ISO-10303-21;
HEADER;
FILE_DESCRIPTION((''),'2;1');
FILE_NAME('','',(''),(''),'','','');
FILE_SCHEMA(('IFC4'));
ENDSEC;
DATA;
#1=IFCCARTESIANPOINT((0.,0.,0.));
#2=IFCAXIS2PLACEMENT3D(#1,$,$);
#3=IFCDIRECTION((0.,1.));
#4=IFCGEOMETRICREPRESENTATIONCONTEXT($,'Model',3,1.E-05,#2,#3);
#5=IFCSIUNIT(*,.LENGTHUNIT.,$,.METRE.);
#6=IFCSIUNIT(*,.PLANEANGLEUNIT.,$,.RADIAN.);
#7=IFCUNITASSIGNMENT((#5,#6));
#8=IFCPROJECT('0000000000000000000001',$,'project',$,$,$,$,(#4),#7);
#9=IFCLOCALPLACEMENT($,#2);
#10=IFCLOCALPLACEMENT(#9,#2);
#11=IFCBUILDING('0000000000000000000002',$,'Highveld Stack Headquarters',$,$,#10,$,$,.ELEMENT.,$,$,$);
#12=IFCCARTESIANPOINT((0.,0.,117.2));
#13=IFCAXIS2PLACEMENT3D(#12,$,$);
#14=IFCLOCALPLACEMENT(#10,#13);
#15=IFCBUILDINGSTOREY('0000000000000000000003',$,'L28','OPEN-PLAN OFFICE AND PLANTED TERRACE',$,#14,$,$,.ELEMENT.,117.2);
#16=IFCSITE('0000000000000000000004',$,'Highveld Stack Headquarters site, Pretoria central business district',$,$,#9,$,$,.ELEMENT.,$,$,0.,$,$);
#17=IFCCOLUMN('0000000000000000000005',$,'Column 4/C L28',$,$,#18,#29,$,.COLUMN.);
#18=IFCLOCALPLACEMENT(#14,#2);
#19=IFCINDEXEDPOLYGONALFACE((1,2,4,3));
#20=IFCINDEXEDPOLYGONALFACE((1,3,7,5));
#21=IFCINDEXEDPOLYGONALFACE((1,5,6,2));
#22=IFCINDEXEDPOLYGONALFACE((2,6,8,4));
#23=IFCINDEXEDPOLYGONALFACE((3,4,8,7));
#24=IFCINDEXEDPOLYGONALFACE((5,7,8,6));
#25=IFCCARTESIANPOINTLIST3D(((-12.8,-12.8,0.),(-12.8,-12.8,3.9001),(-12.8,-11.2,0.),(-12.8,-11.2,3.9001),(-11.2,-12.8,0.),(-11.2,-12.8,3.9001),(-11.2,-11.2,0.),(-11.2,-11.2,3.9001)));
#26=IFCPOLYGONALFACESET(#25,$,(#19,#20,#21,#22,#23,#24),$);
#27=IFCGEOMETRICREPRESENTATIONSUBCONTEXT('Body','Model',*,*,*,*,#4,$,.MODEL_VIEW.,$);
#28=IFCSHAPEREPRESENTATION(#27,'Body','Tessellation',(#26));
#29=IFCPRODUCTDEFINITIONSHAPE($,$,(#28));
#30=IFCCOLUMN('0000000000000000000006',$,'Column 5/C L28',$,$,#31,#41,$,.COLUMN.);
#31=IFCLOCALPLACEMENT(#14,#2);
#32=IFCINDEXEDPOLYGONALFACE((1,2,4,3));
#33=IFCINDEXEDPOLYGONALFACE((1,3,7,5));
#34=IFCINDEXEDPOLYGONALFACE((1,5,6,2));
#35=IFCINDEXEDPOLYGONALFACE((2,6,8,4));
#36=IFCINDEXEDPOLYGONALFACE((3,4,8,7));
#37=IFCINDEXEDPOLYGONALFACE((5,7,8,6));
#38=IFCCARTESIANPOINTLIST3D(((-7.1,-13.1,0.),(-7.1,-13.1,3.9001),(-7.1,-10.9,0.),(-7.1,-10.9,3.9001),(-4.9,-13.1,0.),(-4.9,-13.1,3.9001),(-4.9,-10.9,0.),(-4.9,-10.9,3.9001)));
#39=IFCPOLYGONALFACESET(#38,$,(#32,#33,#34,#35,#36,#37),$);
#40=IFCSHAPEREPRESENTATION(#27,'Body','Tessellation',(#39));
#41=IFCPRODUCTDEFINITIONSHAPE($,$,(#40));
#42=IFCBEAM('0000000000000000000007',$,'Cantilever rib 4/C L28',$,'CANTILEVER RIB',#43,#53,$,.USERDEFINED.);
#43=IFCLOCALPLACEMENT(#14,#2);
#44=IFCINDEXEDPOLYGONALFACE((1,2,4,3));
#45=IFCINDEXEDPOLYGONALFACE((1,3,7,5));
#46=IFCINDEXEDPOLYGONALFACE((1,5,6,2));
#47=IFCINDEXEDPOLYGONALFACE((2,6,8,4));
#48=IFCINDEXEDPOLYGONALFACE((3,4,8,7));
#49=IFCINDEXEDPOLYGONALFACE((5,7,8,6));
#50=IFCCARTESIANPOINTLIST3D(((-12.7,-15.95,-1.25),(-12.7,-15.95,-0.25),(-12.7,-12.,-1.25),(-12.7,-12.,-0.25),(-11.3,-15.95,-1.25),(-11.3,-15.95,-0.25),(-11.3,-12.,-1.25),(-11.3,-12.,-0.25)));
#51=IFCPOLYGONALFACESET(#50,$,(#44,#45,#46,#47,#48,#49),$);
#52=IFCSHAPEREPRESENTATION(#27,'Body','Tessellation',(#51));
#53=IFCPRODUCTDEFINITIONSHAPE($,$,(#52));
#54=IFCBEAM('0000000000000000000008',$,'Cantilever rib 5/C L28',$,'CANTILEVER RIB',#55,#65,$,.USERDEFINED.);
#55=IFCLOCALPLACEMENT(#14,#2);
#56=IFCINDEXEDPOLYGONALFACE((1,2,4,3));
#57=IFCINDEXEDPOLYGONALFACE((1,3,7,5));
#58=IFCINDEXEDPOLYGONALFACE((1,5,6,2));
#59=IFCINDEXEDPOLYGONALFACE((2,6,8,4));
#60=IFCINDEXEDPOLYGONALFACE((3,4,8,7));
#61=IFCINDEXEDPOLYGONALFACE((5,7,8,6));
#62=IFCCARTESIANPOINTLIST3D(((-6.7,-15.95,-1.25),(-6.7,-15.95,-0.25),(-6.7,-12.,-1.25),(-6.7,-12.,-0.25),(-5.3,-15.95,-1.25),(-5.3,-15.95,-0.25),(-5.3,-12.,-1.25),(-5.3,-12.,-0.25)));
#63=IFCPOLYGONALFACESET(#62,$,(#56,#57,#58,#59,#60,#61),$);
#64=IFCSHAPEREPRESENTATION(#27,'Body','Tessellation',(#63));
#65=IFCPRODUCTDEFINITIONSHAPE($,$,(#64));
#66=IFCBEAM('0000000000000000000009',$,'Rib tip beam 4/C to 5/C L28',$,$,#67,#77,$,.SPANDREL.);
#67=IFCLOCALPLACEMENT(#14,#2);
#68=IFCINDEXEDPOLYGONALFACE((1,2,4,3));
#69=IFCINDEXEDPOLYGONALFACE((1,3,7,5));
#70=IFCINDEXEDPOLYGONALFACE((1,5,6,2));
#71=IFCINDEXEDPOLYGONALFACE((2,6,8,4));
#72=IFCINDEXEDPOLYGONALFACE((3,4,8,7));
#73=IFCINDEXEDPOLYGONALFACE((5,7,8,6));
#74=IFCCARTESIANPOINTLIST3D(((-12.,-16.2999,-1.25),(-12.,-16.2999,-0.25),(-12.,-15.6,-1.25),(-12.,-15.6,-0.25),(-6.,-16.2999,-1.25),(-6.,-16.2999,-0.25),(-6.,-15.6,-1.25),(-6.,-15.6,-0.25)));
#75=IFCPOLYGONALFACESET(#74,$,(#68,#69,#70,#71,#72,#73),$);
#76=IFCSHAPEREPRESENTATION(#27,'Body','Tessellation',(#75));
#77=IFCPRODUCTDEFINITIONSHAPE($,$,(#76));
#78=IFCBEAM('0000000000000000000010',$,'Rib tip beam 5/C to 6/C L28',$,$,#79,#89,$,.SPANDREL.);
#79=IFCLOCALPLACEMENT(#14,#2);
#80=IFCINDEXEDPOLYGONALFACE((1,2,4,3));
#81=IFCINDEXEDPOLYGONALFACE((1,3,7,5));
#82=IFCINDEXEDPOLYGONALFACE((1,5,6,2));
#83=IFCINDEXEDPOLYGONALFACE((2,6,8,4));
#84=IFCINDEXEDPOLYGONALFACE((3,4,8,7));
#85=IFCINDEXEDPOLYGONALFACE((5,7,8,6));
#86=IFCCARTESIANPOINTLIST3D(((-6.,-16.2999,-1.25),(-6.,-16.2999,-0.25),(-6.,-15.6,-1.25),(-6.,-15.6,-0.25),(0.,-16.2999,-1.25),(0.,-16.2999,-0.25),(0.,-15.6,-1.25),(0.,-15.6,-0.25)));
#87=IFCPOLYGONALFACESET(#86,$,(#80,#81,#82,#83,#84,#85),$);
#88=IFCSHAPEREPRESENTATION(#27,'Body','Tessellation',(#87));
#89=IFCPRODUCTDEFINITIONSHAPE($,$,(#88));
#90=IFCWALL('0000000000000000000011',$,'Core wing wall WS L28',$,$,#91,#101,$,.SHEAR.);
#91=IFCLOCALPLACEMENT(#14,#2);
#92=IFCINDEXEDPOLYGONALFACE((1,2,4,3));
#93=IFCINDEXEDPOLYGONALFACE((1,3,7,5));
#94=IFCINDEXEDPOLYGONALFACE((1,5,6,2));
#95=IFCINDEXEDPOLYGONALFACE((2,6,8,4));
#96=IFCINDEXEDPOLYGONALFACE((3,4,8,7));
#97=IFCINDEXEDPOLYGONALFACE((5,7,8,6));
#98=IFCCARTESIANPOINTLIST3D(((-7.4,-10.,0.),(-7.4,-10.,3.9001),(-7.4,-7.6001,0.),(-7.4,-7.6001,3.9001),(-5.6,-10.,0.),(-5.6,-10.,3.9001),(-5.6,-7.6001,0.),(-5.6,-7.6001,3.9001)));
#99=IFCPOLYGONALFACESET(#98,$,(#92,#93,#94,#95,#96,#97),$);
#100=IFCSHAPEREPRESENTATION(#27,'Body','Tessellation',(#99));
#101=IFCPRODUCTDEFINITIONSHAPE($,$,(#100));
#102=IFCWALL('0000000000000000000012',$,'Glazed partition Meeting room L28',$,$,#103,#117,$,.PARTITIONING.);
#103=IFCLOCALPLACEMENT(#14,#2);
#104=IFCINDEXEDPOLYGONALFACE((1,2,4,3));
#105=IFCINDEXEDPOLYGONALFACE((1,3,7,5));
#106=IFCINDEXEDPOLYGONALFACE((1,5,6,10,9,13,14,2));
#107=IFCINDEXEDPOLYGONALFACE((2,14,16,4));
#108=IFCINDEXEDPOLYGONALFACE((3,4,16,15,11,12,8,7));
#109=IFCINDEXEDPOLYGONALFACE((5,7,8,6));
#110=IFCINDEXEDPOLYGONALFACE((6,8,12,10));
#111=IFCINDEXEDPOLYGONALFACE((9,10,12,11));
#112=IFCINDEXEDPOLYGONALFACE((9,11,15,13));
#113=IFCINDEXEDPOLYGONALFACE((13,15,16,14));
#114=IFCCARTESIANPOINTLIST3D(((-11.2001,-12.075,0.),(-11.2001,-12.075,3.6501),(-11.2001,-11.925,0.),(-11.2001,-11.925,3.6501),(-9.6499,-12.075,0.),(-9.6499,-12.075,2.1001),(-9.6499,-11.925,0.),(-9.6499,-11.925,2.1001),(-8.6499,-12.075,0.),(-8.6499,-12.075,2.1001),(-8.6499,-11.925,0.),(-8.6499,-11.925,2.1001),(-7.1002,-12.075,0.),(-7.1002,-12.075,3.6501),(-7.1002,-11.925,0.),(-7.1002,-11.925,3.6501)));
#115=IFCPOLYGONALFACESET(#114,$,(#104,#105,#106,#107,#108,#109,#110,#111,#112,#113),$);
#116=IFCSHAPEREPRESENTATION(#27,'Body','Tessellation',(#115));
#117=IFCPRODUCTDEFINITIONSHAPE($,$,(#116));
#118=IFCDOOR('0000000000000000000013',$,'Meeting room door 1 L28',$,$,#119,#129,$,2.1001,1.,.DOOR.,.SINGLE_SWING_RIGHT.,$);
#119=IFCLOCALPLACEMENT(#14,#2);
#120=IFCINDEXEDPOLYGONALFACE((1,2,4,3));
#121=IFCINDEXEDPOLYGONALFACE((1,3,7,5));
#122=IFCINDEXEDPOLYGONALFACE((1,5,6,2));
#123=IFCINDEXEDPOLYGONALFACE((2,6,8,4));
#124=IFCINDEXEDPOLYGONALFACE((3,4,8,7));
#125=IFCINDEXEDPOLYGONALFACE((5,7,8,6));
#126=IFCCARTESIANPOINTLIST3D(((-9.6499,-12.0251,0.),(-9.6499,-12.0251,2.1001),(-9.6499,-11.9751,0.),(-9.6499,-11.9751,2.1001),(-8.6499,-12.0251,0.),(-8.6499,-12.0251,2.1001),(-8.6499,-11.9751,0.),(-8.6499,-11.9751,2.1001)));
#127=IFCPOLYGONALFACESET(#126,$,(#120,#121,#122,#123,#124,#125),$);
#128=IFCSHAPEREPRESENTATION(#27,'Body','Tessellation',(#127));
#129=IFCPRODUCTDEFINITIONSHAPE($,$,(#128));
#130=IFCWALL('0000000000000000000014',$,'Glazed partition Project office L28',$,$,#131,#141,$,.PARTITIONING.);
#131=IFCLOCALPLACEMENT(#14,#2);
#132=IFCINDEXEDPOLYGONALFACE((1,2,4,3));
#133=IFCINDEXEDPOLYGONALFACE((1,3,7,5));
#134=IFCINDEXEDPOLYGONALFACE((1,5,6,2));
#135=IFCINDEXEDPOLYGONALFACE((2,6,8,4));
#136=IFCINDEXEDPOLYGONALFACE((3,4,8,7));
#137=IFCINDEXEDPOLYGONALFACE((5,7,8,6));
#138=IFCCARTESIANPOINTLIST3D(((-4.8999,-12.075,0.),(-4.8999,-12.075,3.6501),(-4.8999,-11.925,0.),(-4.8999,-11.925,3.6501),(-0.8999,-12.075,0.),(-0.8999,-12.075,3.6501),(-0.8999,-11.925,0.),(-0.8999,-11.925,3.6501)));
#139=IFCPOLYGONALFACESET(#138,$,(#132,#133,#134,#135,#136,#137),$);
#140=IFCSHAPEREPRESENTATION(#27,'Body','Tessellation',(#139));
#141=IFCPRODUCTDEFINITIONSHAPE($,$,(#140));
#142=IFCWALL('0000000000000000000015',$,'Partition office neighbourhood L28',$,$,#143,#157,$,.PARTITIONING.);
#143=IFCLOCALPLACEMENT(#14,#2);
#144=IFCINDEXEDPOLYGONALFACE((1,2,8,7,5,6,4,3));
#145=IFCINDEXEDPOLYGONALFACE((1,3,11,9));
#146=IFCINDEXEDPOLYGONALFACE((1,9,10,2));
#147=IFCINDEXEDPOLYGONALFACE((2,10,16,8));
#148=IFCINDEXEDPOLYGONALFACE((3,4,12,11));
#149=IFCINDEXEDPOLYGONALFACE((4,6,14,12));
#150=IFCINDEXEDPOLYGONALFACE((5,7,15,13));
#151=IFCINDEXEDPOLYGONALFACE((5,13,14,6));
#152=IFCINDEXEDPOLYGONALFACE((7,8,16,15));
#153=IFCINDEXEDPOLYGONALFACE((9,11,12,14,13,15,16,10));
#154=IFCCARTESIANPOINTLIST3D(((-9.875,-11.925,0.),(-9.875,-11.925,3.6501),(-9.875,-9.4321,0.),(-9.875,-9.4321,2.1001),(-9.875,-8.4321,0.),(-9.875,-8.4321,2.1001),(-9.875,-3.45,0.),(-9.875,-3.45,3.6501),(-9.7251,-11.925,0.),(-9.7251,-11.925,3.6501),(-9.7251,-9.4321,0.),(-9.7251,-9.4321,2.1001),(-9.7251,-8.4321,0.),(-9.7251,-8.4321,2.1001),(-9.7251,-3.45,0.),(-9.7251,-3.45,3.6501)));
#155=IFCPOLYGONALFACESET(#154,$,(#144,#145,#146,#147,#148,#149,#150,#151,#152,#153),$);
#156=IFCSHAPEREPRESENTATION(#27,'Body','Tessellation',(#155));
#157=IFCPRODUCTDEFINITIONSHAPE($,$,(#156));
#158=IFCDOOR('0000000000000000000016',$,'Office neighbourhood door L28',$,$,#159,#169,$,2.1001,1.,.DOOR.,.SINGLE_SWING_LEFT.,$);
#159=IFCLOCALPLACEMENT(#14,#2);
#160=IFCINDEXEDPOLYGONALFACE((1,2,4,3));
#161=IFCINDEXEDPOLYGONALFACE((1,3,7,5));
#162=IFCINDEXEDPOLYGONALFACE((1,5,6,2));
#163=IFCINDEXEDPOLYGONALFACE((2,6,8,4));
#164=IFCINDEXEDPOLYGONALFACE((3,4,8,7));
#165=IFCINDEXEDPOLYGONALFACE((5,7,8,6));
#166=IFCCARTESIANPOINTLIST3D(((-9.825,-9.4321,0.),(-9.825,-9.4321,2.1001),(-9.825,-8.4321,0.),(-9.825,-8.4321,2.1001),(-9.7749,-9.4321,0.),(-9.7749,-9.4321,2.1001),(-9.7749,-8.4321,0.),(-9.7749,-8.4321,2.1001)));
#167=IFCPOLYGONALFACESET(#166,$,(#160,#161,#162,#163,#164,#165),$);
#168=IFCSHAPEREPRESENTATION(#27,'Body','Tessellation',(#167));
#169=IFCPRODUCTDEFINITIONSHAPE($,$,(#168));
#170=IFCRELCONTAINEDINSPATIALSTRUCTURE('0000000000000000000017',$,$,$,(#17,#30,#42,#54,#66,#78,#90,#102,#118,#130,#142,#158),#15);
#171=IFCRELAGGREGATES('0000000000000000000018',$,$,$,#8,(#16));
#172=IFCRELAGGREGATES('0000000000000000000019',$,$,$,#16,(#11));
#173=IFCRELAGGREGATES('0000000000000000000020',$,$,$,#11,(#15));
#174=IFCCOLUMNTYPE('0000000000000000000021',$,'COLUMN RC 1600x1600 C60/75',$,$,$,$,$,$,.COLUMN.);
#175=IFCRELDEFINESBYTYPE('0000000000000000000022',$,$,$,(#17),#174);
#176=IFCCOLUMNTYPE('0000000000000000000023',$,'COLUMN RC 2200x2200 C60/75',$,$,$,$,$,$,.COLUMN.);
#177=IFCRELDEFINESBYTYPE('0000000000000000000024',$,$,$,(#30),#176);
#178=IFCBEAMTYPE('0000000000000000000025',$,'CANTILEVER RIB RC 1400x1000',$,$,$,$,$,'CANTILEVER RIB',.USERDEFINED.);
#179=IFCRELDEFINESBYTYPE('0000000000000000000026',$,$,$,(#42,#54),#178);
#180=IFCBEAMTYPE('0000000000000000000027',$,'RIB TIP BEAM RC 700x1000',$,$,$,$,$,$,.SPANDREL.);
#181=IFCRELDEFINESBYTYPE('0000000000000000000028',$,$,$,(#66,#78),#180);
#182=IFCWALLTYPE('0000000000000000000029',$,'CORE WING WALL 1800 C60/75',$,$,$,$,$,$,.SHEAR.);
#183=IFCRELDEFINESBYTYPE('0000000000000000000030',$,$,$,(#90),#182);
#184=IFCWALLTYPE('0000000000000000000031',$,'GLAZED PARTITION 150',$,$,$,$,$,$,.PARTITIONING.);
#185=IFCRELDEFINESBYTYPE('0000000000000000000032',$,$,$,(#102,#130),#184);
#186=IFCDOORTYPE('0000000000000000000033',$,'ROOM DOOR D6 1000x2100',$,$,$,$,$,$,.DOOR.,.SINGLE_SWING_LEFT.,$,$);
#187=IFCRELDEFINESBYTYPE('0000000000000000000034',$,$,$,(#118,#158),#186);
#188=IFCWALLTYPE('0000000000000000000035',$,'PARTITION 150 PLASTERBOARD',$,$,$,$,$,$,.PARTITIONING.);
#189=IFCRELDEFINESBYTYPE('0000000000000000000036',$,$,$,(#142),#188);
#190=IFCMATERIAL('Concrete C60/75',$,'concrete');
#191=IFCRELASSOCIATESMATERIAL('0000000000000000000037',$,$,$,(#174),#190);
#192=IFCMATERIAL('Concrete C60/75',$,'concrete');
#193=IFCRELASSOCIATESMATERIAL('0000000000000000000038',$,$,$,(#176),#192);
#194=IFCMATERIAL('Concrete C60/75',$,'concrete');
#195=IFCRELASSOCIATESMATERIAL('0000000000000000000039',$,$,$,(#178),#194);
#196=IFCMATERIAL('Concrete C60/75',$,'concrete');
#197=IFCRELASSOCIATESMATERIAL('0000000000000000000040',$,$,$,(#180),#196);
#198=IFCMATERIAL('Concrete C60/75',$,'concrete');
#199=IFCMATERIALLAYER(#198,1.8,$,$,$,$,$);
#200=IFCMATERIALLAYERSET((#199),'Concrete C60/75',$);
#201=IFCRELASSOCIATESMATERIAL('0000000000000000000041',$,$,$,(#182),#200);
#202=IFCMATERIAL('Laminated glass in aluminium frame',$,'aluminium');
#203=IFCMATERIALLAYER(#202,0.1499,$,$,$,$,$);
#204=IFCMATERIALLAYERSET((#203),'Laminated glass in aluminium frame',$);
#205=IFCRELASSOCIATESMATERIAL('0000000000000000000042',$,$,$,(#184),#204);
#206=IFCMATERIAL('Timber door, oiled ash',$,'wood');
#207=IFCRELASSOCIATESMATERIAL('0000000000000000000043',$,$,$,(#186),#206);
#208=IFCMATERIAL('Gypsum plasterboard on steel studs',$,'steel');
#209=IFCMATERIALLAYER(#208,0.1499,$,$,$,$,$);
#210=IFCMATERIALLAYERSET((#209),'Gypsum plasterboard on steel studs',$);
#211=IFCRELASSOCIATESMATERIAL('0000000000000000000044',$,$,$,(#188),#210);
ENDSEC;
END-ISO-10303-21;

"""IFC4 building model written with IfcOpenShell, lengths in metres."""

from ifc_helpers import new_model, si_unit, direction, frame, frame_2d, origin, origin_2d, place, context, subcontext, project, spatial, rectangle, extrude, material, layer, layer_set, material_profile, profile_set, type_object, element, fill, save


model = new_model("IFC4")

# Units and contexts
model_context = context("Model", 3, precision=1e-05, world=origin(), true_north=direction((0.0, 1.0)))
body_context = subcontext(model_context, "Body", "Model", "MODEL_VIEW")
ifc_project = project(units=[si_unit("LENGTHUNIT", "METRE"), si_unit("PLANEANGLEUNIT", "RADIAN")], contexts=[model_context])

# Site, building, storey
site_placement = place(None, origin())
site = spatial("IfcSite", under=ifc_project, at=site_placement, Name="Highveld Stack Headquarters site, Pretoria central business district", CompositionType="ELEMENT", RefElevation=0.0)
building_placement = place(site_placement, origin())
building = spatial("IfcBuilding", under=site, at=building_placement, Name="Highveld Stack Headquarters", CompositionType="ELEMENT")
storey_placement = place(building_placement, frame((0.0, 0.0, 117.2)))
storey = spatial("IfcBuildingStorey", under=building, at=storey_placement, Name="L28", Description="OPEN-PLAN OFFICE AND PLANTED TERRACE", CompositionType="ELEMENT", Elevation=117.2)

# Columns
ifc_material_1 = material(Name="Concrete C60/75", Category="concrete")
ifc_material_profile_1 = material_profile(ifc_material_1, rectangle(XDim=1.6001, YDim=1.6001, at=origin_2d()), Name="RC 1600x1600")
ifc_profile_set_1 = profile_set([ifc_material_profile_1], Name="Concrete C60/75")
column_type_1 = type_object("IfcColumnType", Name="COLUMN RC 1600x1600 C60/75", PredefinedType="COLUMN", material=ifc_profile_set_1)
column_1_placement = place(storey_placement, frame((-12.0, -12.0, 0.0), z_axis=(0.0, 0.0, 1.0), x_axis=(1.0, 0.0, 0.0)))
element("IfcColumn", 1, at=column_1_placement, inside=storey, type_object=column_type_1, Name="Column 4/C L28", PredefinedType="COLUMN", context=body_context, shape_type="SweptSolid", body=[
    extrude(rectangle(XDim=1.6001, YDim=1.6001, at=origin_2d()), origin(), (0.0, 0.0, 1.0), 3.9001),
])
ifc_material_2 = material(Name="Concrete C60/75", Category="concrete")
ifc_material_profile_2 = material_profile(ifc_material_2, rectangle(XDim=2.2, YDim=2.2, at=origin_2d()), Name="RC 2200x2200")
ifc_profile_set_2 = profile_set([ifc_material_profile_2], Name="Concrete C60/75")
column_type_2 = type_object("IfcColumnType", Name="COLUMN RC 2200x2200 C60/75", PredefinedType="COLUMN", material=ifc_profile_set_2)
column_2_placement = place(storey_placement, frame((-6.0, -12.0, 0.0), z_axis=(0.0, 0.0, 1.0), x_axis=(1.0, 0.0, 0.0)))
element("IfcColumn", 2, at=column_2_placement, inside=storey, type_object=column_type_2, Name="Column 5/C L28", PredefinedType="COLUMN", context=body_context, shape_type="SweptSolid", body=[
    extrude(rectangle(XDim=2.2, YDim=2.2, at=origin_2d()), origin(), (0.0, 0.0, 1.0), 3.9001),
])

# Beams
ifc_material_3 = material(Name="Concrete C60/75", Category="concrete")
ifc_material_profile_3 = material_profile(ifc_material_3, rectangle(XDim=1.3999, YDim=1.0, at=origin_2d()), Name="RC 1400x1000")
ifc_profile_set_3 = profile_set([ifc_material_profile_3], Name="Concrete C60/75")
beam_type_1 = type_object("IfcBeamType", Name="CANTILEVER RIB RC 1400x1000", ElementType="CANTILEVER RIB", PredefinedType="USERDEFINED", material=ifc_profile_set_3)
for number, where, z_axis, x_axis, name in (
    (3, (-12.0, -12.0, -0.75), (0.0, -1.0, 0.0), (1.0, 0.0, 0.0), "Cantilever rib 4/C L28"),
    (4, (-6.0, -12.0, -0.75), (0.0, -1.0, 0.0), (1.0, 0.0, 0.0), "Cantilever rib 5/C L28"),
):
    element("IfcBeam", number, at=place(storey_placement, frame(where, z_axis=z_axis, x_axis=x_axis)), inside=storey, type_object=beam_type_1, Name=name, ObjectType="CANTILEVER RIB", PredefinedType="USERDEFINED", context=body_context, shape_type="SweptSolid", body=[
        extrude(rectangle(XDim=1.3999, YDim=1.0, at=origin_2d()), origin(), (0.0, 0.0, 1.0), 3.95),
    ])
ifc_material_4 = material(Name="Concrete C60/75", Category="concrete")
ifc_material_profile_4 = material_profile(ifc_material_4, rectangle(XDim=0.7, YDim=1.0, at=origin_2d()), Name="RC 700x1000")
ifc_profile_set_4 = profile_set([ifc_material_profile_4], Name="Concrete C60/75")
beam_type_2 = type_object("IfcBeamType", Name="RIB TIP BEAM RC 700x1000", PredefinedType="SPANDREL", material=ifc_profile_set_4)
for number, where, z_axis, x_axis, name in (
    (5, (-12.0, -15.95, -0.75), (1.0, 0.0, 0.0), (0.0, 1.0, 0.0), "Rib tip beam 4/C to 5/C L28"),
    (6, (-6.0, -15.95, -0.75), (1.0, 0.0, 0.0), (0.0, 1.0, 0.0), "Rib tip beam 5/C to 6/C L28"),
):
    element("IfcBeam", number, at=place(storey_placement, frame(where, z_axis=z_axis, x_axis=x_axis)), inside=storey, type_object=beam_type_2, Name=name, PredefinedType="SPANDREL", context=body_context, shape_type="SweptSolid", body=[
        extrude(rectangle(XDim=0.7, YDim=1.0, at=origin_2d()), origin(), (0.0, 0.0, 1.0), 6.0),
    ])

# Wall
ifc_material_5 = material(Name="Concrete C60/75", Category="concrete")
ifc_layer_1 = layer(ifc_material_5, 1.8)
ifc_layer_set_1 = layer_set([ifc_layer_1], Name="Concrete C60/75")
wall_type_1 = type_object("IfcWallType", Name="CORE WING WALL 1800 C60/75", PredefinedType="SHEAR", material=ifc_layer_set_1)
wall_1_placement = place(storey_placement, frame((-6.5, -10.0, 0.0), z_axis=(0.0, 0.0, 1.0), x_axis=(0.0, 1.0, 0.0)))
element("IfcWall", 7, at=wall_1_placement, inside=storey, type_object=wall_type_1, Name="Core wing wall WS L28", PredefinedType="SHEAR", context=body_context, shape_type="SweptSolid", body=[
    extrude(rectangle(XDim=2.3999, YDim=1.8, at=frame_2d((1.2, 0.0))), origin(), (0.0, 0.0, 1.0), 3.9001),
])

# Wall, opening, door
ifc_material_6 = material(Name="Laminated glass in aluminium frame", Category="aluminium")
ifc_layer_2 = layer(ifc_material_6, 0.1499)
ifc_layer_set_2 = layer_set([ifc_layer_2], Name="Laminated glass in aluminium frame")
wall_type_2 = type_object("IfcWallType", Name="GLAZED PARTITION 150", PredefinedType="PARTITIONING", material=ifc_layer_set_2)
wall_2_placement = place(storey_placement, frame((-11.2, -12.0, 0.0), z_axis=(0.0, 0.0, 1.0), x_axis=(1.0, 0.0, 0.0)))
wall_2 = element("IfcWall", 8, at=wall_2_placement, inside=storey, type_object=wall_type_2, Name="Glazed partition Meeting room L28", PredefinedType="PARTITIONING", context=body_context, shape_type="SweptSolid", body=[
    extrude(rectangle(XDim=4.0999, YDim=0.1499, at=frame_2d((2.0498, 0.0))), origin(), (0.0, 0.0, 1.0), 3.6501),
])
opening_1_placement = place(wall_2_placement, frame((1.55, 0.0, 0.0)))
opening_1 = element("IfcOpeningElement", 9, at=opening_1_placement, cuts=wall_2, PredefinedType="OPENING", context=body_context, shape_type="SweptSolid", body=[
    extrude(rectangle(XDim=1.0, YDim=2.1001, at=frame_2d((0.5, 1.05))), frame((0.0, 0.085, 0.0), z_axis=(0.0, -1.0, 0.0), x_axis=(1.0, 0.0, 0.0)), (0.0, 0.0, 1.0), 0.1699),
])
ifc_material_7 = material(Name="Timber door, oiled ash", Category="wood")
door_type_1 = type_object("IfcDoorType", Name="ROOM DOOR D6 1000x2100", OperationType="SINGLE_SWING_LEFT", PredefinedType="DOOR", material=ifc_material_7)
door_1_placement = place(opening_1_placement, origin())
door_1 = element("IfcDoor", 10, at=door_1_placement, inside=storey, type_object=door_type_1, Name="Meeting room door 1 L28", OperationType="SINGLE_SWING_RIGHT", OverallHeight=2.1001, OverallWidth=1.0, PredefinedType="DOOR", context=body_context, shape_type="SweptSolid", body=[
    extrude(rectangle(XDim=1.0, YDim=2.1001, at=frame_2d((0.5, 1.05))), frame((0.0, 0.0249, 0.0), z_axis=(0.0, -1.0, 0.0), x_axis=(1.0, 0.0, 0.0)), (0.0, 0.0, 1.0), 0.05),
])
fill(opening_1, door_1)

# Wall
wall_3_placement = place(storey_placement, frame((-4.8999, -12.0, 0.0), z_axis=(0.0, 0.0, 1.0), x_axis=(1.0, 0.0, 0.0)))
element("IfcWall", 11, at=wall_3_placement, inside=storey, type_object=wall_type_2, Name="Glazed partition Project office L28", PredefinedType="PARTITIONING", context=body_context, shape_type="SweptSolid", body=[
    extrude(rectangle(XDim=4.0, YDim=0.1499, at=frame_2d((2.0, 0.0))), origin(), (0.0, 0.0, 1.0), 3.6501),
])

# Wall, opening, door
ifc_material_8 = material(Name="Gypsum plasterboard on steel studs", Category="steel")
ifc_layer_3 = layer(ifc_material_8, 0.1499)
ifc_layer_set_3 = layer_set([ifc_layer_3], Name="Gypsum plasterboard on steel studs")
wall_type_3 = type_object("IfcWallType", Name="PARTITION 150 PLASTERBOARD", PredefinedType="PARTITIONING", material=ifc_layer_set_3)
wall_4_placement = place(storey_placement, frame((-9.8, -11.925, 0.0), z_axis=(0.0, 0.0, 1.0), x_axis=(0.0, 1.0, 0.0)))
wall_4 = element("IfcWall", 12, at=wall_4_placement, inside=storey, type_object=wall_type_3, Name="Partition office neighbourhood L28", PredefinedType="PARTITIONING", context=body_context, shape_type="SweptSolid", body=[
    extrude(rectangle(XDim=8.4751, YDim=0.1499, at=frame_2d((4.2375, 0.0))), origin(), (0.0, 0.0, 1.0), 3.6501),
])
opening_2_placement = place(wall_4_placement, frame((2.4929, 0.0, 0.0)))
opening_2 = element("IfcOpeningElement", 13, at=opening_2_placement, cuts=wall_4, PredefinedType="OPENING", context=body_context, shape_type="SweptSolid", body=[
    extrude(rectangle(XDim=1.0, YDim=2.1001, at=frame_2d((0.5, 1.05))), frame((0.0, 0.085, 0.0), z_axis=(0.0, -1.0, 0.0), x_axis=(1.0, 0.0, 0.0)), (0.0, 0.0, 1.0), 0.1699),
])
door_2_placement = place(opening_2_placement, origin())
door_2 = element("IfcDoor", 14, at=door_2_placement, inside=storey, type_object=door_type_1, Name="Office neighbourhood door L28", OperationType="SINGLE_SWING_LEFT", OverallHeight=2.1001, OverallWidth=1.0, PredefinedType="DOOR", context=body_context, shape_type="SweptSolid", body=[
    extrude(rectangle(XDim=1.0, YDim=2.1001, at=frame_2d((0.5, 1.05))), frame((0.0, 0.0249, 0.0), z_axis=(0.0, -1.0, 0.0), x_axis=(1.0, 0.0, 0.0)), (0.0, 0.0, 1.0), 0.05),
])
fill(opening_2, door_2)

save(model, "model.ifc")
